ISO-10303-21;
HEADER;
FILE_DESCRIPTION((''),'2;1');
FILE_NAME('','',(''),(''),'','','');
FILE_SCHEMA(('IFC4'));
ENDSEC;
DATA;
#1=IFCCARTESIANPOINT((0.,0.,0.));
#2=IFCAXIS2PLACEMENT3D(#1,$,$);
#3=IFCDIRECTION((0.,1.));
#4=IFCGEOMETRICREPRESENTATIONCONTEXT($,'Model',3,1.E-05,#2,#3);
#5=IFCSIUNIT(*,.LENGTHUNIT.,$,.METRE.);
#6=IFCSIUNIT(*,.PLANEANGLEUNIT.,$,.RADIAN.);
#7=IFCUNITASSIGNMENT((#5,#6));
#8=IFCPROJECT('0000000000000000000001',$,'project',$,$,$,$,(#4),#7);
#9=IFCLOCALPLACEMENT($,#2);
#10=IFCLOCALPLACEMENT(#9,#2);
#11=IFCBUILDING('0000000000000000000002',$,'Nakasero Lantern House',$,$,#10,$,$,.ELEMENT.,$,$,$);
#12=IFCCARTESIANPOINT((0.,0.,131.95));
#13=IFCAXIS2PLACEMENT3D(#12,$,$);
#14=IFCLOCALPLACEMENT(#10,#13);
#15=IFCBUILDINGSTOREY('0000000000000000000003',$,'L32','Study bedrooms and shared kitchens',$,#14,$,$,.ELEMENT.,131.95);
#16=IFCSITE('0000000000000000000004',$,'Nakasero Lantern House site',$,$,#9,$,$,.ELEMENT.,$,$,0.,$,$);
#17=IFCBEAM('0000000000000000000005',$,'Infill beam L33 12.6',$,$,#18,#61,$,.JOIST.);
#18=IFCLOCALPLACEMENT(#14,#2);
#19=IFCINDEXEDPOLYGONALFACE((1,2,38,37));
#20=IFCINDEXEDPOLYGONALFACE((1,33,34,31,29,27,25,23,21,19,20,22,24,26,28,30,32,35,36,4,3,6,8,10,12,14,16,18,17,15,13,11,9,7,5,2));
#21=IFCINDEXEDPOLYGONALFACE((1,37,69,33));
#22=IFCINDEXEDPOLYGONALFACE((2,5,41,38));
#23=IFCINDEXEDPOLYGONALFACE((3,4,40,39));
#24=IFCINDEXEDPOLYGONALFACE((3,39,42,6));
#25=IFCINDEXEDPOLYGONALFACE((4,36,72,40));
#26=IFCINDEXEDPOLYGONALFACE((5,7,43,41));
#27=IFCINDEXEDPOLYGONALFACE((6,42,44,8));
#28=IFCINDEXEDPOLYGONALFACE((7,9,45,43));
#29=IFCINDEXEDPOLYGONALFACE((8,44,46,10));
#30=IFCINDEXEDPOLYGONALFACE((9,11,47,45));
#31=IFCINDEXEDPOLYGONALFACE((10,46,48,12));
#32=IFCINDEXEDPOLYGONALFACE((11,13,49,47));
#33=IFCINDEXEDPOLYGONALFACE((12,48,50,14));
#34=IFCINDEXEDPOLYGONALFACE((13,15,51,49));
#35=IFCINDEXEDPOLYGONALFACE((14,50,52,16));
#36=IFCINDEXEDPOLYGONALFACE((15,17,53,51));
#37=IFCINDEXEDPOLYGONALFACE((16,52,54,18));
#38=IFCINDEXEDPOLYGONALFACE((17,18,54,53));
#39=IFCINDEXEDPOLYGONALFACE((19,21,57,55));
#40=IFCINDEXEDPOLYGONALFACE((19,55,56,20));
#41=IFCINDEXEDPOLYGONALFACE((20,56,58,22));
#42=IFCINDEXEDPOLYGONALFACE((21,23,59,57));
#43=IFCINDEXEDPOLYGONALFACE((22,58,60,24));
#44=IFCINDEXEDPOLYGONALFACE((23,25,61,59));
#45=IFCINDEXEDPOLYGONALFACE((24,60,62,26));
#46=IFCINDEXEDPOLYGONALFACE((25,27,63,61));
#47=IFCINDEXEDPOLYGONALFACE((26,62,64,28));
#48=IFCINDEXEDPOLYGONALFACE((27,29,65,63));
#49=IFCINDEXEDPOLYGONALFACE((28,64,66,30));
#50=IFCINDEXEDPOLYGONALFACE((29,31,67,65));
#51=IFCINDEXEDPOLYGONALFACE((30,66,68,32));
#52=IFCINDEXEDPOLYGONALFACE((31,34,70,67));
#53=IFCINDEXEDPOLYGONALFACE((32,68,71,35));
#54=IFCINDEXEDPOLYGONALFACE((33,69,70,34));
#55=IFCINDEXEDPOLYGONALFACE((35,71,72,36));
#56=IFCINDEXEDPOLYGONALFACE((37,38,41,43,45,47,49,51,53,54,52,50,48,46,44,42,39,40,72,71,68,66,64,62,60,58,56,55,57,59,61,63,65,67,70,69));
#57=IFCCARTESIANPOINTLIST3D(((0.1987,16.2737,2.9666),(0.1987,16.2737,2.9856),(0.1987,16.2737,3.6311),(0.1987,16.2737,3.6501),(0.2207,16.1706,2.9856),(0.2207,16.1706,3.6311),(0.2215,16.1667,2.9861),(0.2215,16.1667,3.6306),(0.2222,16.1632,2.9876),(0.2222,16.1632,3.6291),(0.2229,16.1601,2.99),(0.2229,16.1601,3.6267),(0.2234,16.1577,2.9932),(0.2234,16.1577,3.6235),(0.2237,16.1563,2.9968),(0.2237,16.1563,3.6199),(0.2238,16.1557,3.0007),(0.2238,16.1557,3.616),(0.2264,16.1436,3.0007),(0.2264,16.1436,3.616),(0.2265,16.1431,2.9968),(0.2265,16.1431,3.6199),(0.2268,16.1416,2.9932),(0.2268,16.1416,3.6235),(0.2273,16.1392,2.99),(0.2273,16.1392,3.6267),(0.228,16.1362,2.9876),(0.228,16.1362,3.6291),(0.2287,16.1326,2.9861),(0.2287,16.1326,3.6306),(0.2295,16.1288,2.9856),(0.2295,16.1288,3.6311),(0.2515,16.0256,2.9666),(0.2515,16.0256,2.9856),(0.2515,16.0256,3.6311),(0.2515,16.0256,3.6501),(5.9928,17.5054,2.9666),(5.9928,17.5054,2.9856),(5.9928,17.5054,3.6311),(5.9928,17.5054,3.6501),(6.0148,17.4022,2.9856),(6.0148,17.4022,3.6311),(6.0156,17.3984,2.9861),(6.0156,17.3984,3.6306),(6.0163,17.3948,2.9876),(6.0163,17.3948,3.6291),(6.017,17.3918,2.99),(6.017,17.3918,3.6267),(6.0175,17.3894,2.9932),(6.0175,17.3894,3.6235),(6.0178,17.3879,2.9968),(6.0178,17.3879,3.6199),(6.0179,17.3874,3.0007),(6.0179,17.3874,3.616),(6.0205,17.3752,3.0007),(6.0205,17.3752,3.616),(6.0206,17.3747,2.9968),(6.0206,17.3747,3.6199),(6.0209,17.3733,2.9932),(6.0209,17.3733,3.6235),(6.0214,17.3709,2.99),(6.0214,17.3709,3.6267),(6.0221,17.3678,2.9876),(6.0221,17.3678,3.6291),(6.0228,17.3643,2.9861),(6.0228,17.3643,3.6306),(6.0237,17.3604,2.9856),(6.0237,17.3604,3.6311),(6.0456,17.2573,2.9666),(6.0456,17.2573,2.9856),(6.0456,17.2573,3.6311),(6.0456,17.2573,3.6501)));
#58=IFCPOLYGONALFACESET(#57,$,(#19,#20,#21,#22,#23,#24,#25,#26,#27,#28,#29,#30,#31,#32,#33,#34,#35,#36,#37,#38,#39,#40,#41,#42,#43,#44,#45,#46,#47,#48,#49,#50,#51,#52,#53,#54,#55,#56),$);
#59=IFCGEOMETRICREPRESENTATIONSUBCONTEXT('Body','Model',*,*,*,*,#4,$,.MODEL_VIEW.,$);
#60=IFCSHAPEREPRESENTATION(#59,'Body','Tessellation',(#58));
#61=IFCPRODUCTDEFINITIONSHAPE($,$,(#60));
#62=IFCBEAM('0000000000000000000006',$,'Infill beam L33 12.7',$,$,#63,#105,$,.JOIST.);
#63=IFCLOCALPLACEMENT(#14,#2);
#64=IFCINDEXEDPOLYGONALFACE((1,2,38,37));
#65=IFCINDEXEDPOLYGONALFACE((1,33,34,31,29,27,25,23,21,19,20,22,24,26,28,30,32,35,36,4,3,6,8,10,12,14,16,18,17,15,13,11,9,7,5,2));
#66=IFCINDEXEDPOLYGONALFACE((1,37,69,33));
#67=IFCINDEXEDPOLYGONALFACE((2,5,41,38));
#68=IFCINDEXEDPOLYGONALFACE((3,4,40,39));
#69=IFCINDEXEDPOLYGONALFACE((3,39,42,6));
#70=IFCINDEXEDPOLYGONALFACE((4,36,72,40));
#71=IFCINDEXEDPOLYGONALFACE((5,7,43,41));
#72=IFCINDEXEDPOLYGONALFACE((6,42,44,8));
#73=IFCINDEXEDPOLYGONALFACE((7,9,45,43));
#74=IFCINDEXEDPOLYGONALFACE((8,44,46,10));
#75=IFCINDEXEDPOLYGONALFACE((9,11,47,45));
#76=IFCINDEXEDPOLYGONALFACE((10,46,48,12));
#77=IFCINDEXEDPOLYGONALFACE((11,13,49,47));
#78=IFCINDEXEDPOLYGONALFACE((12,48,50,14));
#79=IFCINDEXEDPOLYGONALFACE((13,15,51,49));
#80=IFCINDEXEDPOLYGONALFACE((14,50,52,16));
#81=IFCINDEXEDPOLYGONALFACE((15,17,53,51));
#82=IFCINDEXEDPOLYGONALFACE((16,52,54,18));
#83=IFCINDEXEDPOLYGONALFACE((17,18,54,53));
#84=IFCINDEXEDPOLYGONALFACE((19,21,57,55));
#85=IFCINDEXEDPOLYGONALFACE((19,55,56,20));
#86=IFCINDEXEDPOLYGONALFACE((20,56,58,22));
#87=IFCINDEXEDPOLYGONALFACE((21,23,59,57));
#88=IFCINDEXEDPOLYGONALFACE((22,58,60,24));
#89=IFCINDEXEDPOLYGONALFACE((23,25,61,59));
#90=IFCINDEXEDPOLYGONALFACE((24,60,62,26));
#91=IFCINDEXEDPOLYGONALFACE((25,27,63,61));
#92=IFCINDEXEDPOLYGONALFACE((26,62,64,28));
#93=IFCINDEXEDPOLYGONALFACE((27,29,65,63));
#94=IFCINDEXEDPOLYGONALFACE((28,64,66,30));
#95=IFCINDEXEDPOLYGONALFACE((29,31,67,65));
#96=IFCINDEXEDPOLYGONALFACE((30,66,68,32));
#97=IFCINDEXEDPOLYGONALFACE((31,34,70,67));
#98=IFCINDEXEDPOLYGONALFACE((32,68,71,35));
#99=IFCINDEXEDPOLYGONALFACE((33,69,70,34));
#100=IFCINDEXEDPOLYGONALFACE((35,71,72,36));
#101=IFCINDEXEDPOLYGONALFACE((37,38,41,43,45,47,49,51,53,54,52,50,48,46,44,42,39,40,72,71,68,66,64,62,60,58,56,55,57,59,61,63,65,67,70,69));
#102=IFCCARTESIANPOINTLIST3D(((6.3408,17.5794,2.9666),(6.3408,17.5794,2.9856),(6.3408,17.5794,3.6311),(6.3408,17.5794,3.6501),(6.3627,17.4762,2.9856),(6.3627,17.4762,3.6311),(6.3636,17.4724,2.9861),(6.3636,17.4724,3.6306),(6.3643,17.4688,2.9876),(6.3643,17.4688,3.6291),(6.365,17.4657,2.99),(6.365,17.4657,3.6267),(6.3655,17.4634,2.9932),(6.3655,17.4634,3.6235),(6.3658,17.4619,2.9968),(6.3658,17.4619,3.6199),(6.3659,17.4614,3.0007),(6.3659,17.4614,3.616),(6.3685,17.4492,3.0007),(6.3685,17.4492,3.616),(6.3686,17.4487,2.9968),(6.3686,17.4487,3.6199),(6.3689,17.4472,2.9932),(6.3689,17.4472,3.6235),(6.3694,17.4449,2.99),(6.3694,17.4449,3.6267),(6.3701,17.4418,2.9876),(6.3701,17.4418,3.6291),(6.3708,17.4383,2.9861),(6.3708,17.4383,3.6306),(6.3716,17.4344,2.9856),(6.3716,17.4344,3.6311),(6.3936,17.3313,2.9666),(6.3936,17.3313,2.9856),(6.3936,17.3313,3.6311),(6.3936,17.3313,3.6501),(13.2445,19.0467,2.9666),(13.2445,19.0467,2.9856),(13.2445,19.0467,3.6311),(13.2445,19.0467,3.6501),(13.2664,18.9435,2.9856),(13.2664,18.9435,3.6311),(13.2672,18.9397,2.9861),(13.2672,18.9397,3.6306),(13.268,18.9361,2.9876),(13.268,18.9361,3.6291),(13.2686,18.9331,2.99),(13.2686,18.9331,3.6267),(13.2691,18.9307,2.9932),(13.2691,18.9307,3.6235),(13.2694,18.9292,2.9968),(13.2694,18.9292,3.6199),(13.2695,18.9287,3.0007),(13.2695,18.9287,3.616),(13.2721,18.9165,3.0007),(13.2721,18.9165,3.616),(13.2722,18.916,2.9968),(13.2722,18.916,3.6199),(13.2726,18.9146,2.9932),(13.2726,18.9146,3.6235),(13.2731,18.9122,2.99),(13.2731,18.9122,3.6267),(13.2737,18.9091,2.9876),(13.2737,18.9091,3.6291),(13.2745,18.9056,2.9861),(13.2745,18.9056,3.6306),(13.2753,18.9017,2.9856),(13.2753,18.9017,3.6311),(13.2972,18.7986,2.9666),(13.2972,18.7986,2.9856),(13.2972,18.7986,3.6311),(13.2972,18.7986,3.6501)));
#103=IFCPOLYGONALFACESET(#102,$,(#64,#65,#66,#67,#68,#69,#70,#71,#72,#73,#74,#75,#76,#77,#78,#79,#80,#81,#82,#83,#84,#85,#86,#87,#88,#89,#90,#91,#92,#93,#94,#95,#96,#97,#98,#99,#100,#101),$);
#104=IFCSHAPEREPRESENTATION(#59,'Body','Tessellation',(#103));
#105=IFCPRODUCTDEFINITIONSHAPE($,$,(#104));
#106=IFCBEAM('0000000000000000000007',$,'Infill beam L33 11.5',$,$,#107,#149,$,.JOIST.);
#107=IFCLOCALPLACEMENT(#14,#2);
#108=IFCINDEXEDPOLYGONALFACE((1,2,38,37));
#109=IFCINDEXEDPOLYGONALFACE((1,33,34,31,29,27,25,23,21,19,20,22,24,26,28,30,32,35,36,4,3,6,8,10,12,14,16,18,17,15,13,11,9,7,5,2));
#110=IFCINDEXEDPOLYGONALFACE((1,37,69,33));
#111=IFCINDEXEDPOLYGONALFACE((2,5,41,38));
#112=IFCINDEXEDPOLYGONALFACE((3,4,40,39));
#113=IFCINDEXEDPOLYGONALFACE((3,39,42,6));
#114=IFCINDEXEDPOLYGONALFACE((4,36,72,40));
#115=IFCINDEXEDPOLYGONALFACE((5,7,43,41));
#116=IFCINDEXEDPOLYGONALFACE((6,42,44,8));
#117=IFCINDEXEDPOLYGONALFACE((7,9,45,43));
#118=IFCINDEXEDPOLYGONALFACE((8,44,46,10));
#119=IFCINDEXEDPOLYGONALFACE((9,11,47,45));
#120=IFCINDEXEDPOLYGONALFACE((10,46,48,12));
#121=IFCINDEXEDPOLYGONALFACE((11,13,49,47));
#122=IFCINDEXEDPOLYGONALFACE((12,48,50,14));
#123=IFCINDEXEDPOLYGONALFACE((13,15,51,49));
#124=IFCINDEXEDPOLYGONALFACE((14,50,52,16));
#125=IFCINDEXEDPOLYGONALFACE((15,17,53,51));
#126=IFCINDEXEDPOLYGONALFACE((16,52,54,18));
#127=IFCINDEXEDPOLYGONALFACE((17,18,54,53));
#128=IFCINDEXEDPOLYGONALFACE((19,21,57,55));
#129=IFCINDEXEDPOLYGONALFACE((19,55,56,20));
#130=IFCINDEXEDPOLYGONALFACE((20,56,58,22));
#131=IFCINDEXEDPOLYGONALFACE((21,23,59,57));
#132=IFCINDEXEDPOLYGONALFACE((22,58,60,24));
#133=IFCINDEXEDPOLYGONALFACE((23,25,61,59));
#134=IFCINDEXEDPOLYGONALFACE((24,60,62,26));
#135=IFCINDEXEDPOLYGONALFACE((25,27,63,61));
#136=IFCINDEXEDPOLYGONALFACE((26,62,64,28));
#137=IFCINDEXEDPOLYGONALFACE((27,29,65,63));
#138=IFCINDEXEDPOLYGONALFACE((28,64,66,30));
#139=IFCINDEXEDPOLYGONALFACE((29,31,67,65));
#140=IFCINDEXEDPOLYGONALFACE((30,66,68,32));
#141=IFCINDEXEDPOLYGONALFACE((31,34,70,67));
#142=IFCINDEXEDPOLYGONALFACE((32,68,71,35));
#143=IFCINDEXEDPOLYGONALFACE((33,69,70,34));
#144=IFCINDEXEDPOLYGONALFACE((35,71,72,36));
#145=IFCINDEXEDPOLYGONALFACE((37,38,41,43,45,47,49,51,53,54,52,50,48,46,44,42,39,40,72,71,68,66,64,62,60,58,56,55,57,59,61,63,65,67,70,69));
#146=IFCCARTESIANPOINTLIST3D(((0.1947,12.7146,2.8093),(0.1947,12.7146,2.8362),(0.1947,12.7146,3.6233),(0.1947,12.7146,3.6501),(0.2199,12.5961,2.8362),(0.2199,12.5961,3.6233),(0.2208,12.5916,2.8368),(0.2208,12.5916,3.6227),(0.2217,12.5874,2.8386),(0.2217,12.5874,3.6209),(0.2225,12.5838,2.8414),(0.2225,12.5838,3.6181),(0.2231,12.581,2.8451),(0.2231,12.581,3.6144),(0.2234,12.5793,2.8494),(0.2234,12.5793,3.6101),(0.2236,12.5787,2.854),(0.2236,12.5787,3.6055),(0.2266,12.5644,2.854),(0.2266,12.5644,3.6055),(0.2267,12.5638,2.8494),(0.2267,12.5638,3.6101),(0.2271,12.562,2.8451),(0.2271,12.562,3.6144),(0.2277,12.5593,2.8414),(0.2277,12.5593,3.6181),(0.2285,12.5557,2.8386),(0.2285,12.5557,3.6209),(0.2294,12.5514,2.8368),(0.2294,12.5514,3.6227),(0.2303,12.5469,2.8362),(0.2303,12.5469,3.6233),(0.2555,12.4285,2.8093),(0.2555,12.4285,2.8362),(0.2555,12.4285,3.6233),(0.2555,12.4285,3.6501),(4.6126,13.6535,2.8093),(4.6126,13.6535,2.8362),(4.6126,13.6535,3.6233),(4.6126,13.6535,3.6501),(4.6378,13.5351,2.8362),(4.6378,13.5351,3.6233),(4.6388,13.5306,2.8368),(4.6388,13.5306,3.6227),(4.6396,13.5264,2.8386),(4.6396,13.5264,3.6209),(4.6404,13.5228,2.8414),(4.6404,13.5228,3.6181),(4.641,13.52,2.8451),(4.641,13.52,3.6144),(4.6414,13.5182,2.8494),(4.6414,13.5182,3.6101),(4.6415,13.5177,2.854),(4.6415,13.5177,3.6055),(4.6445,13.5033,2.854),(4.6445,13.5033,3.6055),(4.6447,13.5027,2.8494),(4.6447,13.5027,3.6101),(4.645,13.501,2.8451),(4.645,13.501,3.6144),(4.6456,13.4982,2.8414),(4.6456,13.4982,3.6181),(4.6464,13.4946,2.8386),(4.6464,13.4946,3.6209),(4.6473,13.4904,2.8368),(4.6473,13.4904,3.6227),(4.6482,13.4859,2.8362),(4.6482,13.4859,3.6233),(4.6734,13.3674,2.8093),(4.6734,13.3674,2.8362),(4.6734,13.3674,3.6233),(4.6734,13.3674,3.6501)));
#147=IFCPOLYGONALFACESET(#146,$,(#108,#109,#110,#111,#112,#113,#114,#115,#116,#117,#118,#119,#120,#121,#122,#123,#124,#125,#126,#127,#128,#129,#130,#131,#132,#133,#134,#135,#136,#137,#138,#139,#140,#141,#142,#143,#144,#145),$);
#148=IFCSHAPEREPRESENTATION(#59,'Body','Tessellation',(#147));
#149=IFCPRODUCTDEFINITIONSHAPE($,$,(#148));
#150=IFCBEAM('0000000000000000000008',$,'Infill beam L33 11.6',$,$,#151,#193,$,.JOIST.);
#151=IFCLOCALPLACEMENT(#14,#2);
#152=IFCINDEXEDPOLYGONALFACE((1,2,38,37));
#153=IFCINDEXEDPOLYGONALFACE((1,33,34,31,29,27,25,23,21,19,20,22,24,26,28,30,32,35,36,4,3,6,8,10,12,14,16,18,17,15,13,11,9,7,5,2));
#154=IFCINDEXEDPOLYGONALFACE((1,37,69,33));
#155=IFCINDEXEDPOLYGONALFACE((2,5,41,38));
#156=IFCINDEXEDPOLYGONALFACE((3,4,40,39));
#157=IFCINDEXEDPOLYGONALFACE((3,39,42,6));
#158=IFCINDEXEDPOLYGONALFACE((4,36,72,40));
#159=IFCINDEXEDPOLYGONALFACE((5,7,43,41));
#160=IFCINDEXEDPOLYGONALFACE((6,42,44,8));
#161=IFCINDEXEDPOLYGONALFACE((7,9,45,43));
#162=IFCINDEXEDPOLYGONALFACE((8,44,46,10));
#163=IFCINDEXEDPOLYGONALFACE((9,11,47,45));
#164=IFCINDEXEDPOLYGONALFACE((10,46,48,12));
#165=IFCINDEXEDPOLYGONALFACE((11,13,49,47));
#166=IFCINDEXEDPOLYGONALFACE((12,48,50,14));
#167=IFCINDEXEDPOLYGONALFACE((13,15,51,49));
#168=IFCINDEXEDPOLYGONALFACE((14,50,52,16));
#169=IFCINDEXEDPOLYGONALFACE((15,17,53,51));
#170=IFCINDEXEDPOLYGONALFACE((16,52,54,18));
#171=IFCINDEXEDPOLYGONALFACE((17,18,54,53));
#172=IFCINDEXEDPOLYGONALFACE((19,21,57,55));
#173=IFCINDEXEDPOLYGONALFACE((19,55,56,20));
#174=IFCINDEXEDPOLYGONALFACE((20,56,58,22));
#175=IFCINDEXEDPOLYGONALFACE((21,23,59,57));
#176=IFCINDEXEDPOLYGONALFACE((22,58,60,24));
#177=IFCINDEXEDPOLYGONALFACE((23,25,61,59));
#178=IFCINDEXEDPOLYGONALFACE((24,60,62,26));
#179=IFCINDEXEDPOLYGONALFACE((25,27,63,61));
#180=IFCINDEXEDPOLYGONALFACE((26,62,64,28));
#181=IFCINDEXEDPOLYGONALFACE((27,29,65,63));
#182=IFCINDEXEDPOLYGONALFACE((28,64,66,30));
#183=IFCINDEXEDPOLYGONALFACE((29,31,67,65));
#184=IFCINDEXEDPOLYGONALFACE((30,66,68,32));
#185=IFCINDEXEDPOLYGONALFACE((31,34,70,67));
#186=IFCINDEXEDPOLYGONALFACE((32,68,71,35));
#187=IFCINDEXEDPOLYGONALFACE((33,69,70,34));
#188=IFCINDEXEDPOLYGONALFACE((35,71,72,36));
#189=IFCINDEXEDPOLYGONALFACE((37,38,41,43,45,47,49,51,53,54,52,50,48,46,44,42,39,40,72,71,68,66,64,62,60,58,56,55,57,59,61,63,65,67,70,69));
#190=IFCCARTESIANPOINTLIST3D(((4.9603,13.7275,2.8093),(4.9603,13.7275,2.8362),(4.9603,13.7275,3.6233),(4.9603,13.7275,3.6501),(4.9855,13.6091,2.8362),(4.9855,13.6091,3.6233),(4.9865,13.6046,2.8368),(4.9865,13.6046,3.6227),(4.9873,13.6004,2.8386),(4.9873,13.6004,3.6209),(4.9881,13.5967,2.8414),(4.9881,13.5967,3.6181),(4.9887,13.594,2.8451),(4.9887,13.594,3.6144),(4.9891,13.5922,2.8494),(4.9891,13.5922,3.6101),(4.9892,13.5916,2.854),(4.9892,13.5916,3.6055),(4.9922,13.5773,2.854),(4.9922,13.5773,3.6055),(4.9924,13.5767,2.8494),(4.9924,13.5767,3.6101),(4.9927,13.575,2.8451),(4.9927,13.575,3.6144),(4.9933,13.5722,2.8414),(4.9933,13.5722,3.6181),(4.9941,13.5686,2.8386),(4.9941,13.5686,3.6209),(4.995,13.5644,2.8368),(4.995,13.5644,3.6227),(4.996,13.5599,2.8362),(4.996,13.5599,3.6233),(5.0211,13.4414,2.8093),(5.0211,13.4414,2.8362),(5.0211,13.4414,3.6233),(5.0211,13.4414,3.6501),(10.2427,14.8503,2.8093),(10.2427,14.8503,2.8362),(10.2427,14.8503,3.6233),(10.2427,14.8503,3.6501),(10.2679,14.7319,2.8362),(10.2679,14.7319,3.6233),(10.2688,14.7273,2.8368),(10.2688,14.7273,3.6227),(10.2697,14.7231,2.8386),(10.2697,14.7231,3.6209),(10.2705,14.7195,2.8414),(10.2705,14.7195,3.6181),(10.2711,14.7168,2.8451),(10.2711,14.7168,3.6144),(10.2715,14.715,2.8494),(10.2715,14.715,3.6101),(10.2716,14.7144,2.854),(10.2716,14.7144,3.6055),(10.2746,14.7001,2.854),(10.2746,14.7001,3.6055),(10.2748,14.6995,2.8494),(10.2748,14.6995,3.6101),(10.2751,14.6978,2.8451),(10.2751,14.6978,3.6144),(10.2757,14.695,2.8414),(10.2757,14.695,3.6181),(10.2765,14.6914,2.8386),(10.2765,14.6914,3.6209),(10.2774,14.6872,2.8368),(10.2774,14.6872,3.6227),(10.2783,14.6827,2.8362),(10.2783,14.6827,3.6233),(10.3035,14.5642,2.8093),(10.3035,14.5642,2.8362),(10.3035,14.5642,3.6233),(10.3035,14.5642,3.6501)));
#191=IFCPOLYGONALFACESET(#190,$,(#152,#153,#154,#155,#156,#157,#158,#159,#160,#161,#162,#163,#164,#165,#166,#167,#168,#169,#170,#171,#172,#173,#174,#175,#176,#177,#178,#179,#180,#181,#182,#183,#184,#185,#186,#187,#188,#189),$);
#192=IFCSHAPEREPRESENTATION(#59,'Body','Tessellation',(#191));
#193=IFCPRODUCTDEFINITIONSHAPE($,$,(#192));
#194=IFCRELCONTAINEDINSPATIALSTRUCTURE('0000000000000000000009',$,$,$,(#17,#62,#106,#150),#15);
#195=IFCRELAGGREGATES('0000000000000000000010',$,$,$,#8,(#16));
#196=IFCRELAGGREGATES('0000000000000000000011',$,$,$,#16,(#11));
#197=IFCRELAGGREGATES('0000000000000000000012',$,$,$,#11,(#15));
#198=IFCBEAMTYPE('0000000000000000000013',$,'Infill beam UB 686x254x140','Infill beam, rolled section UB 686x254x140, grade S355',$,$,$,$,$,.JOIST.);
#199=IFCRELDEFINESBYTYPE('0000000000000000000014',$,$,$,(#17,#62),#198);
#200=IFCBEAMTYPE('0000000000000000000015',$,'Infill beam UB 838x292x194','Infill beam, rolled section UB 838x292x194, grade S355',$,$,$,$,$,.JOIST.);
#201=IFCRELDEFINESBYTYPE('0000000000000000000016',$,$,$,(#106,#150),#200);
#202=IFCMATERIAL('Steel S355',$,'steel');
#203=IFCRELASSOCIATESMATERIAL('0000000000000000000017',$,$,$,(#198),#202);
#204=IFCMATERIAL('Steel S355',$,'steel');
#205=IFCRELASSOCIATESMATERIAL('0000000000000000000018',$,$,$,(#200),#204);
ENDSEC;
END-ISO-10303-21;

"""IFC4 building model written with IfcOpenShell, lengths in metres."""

from ifc_helpers import new_model, si_unit, direction, frame, origin, origin_2d, place, context, subcontext, project, spatial, i_section, extrude, material, material_profile, profile_set, type_object, element, save


model = new_model("IFC4")

# Units and contexts
model_context = context("Model", 3, precision=1e-05, world=origin(), true_north=direction((0.0, 1.0)))
body_context = subcontext(model_context, "Body", "Model", "MODEL_VIEW")
ifc_project = project(units=[si_unit("LENGTHUNIT", "METRE"), si_unit("PLANEANGLEUNIT", "RADIAN")], contexts=[model_context])

# Site, building, storey
site_placement = place(None, origin())
site = spatial("IfcSite", under=ifc_project, at=site_placement, Name="Nakasero Lantern House site", CompositionType="ELEMENT", RefElevation=0.0)
building_placement = place(site_placement, origin())
building = spatial("IfcBuilding", under=site, at=building_placement, Name="Nakasero Lantern House", CompositionType="ELEMENT")
storey_placement = place(building_placement, frame((0.0, 0.0, 131.95)))
storey = spatial("IfcBuildingStorey", under=building, at=storey_placement, Name="L32", Description="Study bedrooms and shared kitchens", CompositionType="ELEMENT", Elevation=131.95)

# Beams
ifc_material_1 = material(Name="Steel S355", Category="steel")
ifc_material_profile_1 = material_profile(ifc_material_1, i_section(OverallWidth=0.2537, OverallDepth=0.6836, WebThickness=0.0125, FlangeThickness=0.019, FilletRadius=0.0151, at=origin_2d()), Name="UB 686x254x140")
ifc_profile_set_1 = profile_set([ifc_material_profile_1], Name="Steel S355")
beam_type_1 = type_object("IfcBeamType", Name="Infill beam UB 686x254x140", Description="Infill beam, rolled section UB 686x254x140, grade S355", PredefinedType="JOIST", material=ifc_profile_set_1)
beam_1_placement = place(storey_placement, frame((0.2251, 16.1497, 3.3083), z_axis=(0.978144, 0.207927, 0.0), x_axis=(-0.207927, 0.978144, 0.0)))
element("IfcBeam", 1, at=beam_1_placement, inside=storey, type_object=beam_type_1, Name="Infill beam L33 12.6", PredefinedType="JOIST", context=body_context, shape_type="SweptSolid", body=[
    extrude(i_section(OverallWidth=0.2537, OverallDepth=0.6836, WebThickness=0.0125, FlangeThickness=0.019, FilletRadius=0.0151, at=origin_2d()), origin(), (0.0, 0.0, 1.0), 5.9236),
])
beam_2_placement = place(storey_placement, frame((6.3672, 17.4553, 3.3083), z_axis=(0.978151, 0.207896, 0.0), x_axis=(-0.207896, 0.978151, 0.0)))
element("IfcBeam", 2, at=beam_2_placement, inside=storey, type_object=beam_type_1, Name="Infill beam L33 12.7", PredefinedType="JOIST", context=body_context, shape_type="SweptSolid", body=[
    extrude(i_section(OverallWidth=0.2537, OverallDepth=0.6836, WebThickness=0.0125, FlangeThickness=0.019, FilletRadius=0.0151, at=origin_2d()), origin(), (0.0, 0.0, 1.0), 7.0579),
])
ifc_material_2 = material(Name="Steel S355", Category="steel")
ifc_material_profile_2 = material_profile(ifc_material_2, i_section(OverallWidth=0.2925, OverallDepth=0.8408, WebThickness=0.0146, FlangeThickness=0.0269, FilletRadius=0.0178, at=origin_2d()), Name="UB 838x292x194")
ifc_profile_set_2 = profile_set([ifc_material_profile_2], Name="Steel S355")
beam_type_2 = type_object("IfcBeamType", Name="Infill beam UB 838x292x194", Description="Infill beam, rolled section UB 838x292x194, grade S355", PredefinedType="JOIST", material=ifc_profile_set_2)
beam_3_placement = place(storey_placement, frame((0.2251, 12.5715, 3.2297), z_axis=(0.978152, 0.20789, 0.0), x_axis=(-0.20789, 0.978152, 0.0)))
element("IfcBeam", 3, at=beam_3_placement, inside=storey, type_object=beam_type_2, Name="Infill beam L33 11.5", PredefinedType="JOIST", context=body_context, shape_type="SweptSolid", body=[
    extrude(i_section(OverallWidth=0.2925, OverallDepth=0.8408, WebThickness=0.0146, FlangeThickness=0.0269, FilletRadius=0.0178, at=origin_2d()), origin(), (0.0, 0.0, 1.0), 4.5166),
])
beam_4_placement = place(storey_placement, frame((4.9907, 13.5845, 3.2297), z_axis=(0.978148, 0.207908, 0.0), x_axis=(-0.207908, 0.978148, 0.0)))
element("IfcBeam", 4, at=beam_4_placement, inside=storey, type_object=beam_type_2, Name="Infill beam L33 11.6", PredefinedType="JOIST", context=body_context, shape_type="SweptSolid", body=[
    extrude(i_section(OverallWidth=0.2925, OverallDepth=0.8408, WebThickness=0.0146, FlangeThickness=0.0269, FilletRadius=0.0178, at=origin_2d()), origin(), (0.0, 0.0, 1.0), 5.4004),
])

save(model, "model.ifc")
